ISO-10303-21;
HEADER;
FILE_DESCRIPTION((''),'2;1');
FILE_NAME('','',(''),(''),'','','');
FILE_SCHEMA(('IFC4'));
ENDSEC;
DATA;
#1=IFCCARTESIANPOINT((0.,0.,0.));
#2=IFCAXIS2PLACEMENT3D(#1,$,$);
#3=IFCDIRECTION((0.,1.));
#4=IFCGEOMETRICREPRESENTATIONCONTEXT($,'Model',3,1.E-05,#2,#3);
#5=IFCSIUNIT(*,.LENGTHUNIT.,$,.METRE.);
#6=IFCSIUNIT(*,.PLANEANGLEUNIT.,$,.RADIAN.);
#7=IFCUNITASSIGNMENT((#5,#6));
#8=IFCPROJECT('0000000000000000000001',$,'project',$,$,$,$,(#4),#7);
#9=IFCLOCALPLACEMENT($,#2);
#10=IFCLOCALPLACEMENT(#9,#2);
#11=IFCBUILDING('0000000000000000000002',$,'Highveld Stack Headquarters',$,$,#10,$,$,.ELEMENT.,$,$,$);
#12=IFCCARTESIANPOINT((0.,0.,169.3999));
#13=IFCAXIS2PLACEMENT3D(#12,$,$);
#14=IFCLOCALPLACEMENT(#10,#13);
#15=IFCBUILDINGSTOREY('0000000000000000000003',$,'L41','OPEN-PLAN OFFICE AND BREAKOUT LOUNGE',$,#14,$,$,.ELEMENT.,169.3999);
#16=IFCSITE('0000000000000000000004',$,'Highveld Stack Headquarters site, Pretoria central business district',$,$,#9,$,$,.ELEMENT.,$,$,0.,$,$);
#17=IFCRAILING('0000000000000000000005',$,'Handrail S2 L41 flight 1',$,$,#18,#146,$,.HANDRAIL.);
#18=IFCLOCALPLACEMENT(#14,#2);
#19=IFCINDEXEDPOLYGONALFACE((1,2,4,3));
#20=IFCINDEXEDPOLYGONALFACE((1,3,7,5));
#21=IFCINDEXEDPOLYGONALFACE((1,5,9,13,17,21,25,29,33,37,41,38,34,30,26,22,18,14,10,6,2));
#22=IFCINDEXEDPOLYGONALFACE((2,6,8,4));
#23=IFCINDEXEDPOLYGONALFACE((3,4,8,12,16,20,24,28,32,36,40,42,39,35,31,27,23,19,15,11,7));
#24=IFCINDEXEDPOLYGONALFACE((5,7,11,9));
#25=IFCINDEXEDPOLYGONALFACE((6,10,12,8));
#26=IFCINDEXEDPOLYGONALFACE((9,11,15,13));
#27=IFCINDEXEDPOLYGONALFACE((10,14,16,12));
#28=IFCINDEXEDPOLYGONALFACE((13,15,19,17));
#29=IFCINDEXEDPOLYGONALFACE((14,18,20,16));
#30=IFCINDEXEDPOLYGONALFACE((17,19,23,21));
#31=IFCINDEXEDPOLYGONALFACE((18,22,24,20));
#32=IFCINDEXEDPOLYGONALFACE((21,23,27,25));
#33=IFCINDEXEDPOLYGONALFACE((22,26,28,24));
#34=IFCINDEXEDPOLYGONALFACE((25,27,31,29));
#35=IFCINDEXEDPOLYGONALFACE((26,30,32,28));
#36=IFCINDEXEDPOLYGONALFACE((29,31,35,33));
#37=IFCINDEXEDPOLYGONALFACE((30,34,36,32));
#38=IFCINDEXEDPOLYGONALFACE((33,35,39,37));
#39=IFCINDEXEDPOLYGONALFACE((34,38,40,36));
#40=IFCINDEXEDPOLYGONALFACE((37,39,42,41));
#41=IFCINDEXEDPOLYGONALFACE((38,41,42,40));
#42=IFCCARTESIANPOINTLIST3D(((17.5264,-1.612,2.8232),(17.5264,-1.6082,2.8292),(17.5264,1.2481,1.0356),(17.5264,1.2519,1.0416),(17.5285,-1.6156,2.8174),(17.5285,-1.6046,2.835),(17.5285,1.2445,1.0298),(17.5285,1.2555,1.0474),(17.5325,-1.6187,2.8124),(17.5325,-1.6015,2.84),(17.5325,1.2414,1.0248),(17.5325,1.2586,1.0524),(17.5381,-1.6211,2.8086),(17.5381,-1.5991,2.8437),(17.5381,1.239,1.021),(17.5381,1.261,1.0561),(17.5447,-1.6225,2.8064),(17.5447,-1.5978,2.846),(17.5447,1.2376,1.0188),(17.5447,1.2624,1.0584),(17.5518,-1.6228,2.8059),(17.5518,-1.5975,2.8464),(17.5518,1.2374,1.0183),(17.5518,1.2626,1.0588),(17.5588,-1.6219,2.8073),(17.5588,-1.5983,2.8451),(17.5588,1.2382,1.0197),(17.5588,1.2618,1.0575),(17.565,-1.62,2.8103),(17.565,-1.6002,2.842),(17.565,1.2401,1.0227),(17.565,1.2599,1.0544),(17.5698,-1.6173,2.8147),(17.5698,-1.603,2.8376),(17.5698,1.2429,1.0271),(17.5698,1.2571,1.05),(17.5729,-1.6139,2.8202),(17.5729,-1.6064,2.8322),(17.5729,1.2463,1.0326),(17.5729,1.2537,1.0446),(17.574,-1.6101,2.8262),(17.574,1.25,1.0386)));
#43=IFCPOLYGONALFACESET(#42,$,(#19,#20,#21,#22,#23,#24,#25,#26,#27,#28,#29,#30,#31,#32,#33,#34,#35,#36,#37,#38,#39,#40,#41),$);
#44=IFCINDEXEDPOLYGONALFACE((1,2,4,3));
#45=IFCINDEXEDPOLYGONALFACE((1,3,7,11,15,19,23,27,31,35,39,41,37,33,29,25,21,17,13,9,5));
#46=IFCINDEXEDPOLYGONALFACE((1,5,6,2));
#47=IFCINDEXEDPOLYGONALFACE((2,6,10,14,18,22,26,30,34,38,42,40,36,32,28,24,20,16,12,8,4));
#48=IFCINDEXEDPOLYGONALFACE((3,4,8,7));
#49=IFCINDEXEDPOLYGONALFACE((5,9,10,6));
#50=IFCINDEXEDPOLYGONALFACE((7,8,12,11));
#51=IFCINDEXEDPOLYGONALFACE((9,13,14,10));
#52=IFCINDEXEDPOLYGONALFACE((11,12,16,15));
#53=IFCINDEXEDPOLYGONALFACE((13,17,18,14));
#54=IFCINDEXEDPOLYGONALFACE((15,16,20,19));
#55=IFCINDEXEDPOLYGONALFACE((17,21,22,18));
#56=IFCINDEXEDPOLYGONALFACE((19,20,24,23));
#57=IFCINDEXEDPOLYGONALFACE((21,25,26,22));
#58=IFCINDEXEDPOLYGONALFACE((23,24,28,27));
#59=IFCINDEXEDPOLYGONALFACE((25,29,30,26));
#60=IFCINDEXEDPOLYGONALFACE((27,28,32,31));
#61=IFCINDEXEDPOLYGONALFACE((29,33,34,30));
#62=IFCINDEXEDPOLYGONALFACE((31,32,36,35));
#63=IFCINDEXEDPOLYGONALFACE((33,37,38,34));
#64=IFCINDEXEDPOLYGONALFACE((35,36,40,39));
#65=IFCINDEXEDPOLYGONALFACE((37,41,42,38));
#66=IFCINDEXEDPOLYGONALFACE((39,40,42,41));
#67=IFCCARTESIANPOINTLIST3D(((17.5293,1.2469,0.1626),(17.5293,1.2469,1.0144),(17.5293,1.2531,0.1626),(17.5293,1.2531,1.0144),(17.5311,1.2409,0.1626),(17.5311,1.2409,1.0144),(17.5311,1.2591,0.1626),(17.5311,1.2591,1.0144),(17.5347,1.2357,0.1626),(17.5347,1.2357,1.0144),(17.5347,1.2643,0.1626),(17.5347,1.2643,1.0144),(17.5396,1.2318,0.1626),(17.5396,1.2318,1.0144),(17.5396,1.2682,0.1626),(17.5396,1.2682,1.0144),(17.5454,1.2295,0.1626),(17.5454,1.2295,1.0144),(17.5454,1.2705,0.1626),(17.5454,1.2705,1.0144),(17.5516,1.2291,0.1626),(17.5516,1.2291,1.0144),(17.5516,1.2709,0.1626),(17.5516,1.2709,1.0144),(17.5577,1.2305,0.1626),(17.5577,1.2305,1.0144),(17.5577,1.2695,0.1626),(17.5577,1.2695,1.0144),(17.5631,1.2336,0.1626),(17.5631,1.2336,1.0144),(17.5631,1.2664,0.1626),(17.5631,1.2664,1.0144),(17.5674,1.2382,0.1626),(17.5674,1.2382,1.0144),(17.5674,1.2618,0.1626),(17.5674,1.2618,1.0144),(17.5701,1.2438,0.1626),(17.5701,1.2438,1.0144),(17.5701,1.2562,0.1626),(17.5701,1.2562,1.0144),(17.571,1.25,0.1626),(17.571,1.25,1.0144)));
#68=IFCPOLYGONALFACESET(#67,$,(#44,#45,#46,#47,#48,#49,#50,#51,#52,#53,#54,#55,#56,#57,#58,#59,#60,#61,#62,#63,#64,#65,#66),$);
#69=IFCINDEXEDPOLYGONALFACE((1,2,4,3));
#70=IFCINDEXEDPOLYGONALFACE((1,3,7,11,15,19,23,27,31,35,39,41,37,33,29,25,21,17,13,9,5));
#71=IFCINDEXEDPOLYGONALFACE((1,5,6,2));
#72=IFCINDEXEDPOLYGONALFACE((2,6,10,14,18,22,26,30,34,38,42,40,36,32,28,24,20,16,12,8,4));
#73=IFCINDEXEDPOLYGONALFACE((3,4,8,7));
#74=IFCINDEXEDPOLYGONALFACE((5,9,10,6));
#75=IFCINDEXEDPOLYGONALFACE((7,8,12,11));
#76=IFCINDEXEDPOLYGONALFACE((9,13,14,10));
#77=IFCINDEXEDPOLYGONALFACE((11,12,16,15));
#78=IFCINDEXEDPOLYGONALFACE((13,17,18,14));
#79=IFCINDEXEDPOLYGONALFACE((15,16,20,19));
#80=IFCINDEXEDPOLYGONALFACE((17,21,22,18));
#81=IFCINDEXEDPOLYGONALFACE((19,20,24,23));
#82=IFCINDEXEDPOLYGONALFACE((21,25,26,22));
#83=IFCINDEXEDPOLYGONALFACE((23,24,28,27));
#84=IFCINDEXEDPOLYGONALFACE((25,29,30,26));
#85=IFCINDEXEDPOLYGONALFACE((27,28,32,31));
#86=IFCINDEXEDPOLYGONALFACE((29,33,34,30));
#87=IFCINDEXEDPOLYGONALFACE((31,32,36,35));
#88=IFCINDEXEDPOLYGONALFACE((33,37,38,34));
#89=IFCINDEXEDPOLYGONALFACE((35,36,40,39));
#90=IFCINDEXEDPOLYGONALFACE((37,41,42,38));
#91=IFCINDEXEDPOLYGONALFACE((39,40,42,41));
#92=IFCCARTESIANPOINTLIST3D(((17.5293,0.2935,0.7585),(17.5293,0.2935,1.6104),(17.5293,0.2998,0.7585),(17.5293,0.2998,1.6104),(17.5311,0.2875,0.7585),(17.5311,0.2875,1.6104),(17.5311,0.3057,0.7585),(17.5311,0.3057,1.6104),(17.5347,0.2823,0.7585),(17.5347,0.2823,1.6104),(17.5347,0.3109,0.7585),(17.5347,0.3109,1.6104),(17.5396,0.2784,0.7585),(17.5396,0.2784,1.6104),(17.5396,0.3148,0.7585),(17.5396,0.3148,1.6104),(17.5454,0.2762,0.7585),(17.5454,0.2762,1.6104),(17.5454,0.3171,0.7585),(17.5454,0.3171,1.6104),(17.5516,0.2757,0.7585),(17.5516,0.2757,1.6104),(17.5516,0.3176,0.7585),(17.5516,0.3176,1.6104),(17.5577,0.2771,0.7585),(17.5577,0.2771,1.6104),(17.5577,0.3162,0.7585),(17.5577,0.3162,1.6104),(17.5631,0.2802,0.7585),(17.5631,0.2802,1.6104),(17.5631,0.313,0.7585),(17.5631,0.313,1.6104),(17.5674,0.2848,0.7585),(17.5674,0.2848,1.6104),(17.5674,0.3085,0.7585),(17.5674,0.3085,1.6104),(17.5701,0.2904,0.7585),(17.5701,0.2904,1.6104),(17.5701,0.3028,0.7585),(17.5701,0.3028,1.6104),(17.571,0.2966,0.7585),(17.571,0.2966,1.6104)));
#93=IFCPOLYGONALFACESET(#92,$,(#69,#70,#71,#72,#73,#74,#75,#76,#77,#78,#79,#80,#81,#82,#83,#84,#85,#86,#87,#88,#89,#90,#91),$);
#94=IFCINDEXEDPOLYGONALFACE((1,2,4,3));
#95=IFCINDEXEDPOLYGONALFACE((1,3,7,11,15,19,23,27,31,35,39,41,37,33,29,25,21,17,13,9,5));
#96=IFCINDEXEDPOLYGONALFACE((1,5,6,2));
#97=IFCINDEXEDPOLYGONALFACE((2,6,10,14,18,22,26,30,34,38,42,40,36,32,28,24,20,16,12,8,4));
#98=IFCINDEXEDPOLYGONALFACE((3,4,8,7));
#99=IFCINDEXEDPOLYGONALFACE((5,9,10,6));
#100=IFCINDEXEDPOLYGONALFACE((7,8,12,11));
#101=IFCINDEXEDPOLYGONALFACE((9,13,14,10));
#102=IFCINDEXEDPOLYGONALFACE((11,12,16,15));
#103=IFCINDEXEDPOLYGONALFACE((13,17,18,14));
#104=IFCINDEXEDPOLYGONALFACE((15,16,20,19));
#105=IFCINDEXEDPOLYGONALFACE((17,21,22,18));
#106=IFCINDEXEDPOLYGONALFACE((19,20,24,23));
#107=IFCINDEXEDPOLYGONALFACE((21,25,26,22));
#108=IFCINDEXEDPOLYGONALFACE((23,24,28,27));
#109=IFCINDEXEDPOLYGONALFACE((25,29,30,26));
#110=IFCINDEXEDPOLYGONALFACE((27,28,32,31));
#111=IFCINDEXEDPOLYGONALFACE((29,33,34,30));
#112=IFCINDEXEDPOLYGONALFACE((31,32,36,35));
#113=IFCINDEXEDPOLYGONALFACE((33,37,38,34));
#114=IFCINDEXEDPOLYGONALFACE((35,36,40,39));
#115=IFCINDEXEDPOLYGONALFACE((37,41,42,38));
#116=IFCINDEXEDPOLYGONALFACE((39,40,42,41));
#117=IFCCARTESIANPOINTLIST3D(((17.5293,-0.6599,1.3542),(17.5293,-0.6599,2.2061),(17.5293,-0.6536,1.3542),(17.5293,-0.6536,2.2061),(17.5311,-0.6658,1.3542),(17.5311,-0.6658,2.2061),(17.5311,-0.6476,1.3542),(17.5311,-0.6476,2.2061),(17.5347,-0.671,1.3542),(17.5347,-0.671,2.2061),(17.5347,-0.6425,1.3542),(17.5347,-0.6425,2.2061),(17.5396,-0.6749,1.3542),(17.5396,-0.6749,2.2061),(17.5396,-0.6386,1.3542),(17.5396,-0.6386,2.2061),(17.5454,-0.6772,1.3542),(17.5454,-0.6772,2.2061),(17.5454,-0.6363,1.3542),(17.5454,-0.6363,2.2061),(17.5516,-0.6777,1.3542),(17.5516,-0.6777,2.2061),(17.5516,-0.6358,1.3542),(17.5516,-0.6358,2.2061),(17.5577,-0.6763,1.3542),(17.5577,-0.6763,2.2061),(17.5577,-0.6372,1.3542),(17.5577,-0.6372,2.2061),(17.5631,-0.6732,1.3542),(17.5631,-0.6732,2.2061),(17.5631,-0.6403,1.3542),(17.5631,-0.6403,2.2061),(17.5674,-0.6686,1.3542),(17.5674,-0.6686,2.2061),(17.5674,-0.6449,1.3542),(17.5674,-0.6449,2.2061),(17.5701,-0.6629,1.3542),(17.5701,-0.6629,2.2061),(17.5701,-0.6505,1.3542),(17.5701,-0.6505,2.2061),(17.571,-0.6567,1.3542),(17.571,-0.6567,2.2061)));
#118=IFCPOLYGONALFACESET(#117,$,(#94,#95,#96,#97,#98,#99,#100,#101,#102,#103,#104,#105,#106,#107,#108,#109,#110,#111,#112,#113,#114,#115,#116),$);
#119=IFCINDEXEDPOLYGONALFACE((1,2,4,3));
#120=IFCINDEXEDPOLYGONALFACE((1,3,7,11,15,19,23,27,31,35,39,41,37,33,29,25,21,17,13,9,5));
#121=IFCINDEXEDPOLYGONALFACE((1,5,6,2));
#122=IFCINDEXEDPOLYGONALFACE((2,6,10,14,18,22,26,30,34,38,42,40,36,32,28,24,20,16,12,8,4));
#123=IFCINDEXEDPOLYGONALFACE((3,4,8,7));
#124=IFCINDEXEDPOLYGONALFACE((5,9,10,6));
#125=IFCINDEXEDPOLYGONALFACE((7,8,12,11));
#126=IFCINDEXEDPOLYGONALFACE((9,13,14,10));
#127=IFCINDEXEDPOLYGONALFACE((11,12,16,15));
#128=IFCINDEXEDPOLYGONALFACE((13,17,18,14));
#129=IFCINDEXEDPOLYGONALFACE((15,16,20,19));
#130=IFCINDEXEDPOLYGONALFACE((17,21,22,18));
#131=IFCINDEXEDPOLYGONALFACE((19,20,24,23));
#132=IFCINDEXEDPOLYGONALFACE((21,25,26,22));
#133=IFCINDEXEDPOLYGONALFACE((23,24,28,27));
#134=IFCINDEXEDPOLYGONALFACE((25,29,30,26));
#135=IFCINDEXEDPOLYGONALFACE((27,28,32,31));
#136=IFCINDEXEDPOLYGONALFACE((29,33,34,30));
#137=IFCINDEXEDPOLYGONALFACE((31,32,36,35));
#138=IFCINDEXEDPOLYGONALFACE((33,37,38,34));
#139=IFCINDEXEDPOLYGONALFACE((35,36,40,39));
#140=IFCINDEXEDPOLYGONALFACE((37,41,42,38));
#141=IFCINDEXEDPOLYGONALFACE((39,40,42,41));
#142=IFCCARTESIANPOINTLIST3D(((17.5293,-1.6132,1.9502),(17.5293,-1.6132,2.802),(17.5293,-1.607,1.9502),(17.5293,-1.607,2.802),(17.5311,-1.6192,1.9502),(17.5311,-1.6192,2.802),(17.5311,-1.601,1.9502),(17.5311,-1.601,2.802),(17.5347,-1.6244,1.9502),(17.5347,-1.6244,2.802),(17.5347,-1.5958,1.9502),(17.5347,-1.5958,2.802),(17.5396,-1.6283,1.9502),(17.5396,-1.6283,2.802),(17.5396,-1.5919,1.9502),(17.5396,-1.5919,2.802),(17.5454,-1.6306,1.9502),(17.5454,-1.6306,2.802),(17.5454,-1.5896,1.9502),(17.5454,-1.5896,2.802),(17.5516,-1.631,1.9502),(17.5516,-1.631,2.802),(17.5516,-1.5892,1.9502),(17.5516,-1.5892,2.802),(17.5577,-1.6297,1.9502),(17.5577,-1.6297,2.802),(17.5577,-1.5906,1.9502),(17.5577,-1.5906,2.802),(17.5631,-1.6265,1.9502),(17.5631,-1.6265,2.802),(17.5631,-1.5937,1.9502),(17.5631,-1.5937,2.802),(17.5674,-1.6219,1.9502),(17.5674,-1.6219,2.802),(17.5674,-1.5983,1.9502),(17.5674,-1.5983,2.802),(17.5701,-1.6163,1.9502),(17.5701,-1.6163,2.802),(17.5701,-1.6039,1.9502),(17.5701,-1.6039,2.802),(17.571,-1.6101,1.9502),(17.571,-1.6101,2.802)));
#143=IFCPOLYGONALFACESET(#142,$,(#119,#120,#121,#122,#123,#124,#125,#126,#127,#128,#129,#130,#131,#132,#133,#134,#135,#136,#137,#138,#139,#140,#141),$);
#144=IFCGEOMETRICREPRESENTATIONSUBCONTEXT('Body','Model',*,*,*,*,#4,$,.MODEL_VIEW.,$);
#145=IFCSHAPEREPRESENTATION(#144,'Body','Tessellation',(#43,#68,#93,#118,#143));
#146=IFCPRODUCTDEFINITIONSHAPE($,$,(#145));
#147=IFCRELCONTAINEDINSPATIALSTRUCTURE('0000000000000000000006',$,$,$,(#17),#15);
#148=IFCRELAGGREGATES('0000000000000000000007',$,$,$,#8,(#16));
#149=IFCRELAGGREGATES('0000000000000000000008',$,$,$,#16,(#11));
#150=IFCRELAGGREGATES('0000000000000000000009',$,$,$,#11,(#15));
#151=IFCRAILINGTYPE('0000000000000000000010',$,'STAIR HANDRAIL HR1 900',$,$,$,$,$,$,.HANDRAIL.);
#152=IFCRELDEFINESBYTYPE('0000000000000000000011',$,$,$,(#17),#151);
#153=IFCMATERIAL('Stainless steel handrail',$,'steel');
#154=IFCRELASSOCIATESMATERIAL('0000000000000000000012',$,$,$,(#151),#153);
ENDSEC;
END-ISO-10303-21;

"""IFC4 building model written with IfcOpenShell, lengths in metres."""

from ifc_helpers import new_model, si_unit, direction, frame, origin, origin_2d, place, context, subcontext, project, spatial, circle, extrude, material, type_object, element, save


model = new_model("IFC4")

# Units and contexts
model_context = context("Model", 3, precision=1e-05, world=origin(), true_north=direction((0.0, 1.0)))
body_context = subcontext(model_context, "Body", "Model", "MODEL_VIEW")
ifc_project = project(units=[si_unit("LENGTHUNIT", "METRE"), si_unit("PLANEANGLEUNIT", "RADIAN")], contexts=[model_context])

# Site, building, storey
site_placement = place(None, origin())
site = spatial("IfcSite", under=ifc_project, at=site_placement, Name="Highveld Stack Headquarters site, Pretoria central business district", CompositionType="ELEMENT", RefElevation=0.0)
building_placement = place(site_placement, origin())
building = spatial("IfcBuilding", under=site, at=building_placement, Name="Highveld Stack Headquarters", CompositionType="ELEMENT")
storey_placement = place(building_placement, frame((0.0, 0.0, 169.3999)))
storey = spatial("IfcBuildingStorey", under=building, at=storey_placement, Name="L41", Description="OPEN-PLAN OFFICE AND BREAKOUT LOUNGE", CompositionType="ELEMENT", Elevation=169.3999)

# Railing
ifc_material_1 = material(Name="Stainless steel handrail", Category="steel")
railing_type = type_object("IfcRailingType", Name="STAIR HANDRAIL HR1 900", PredefinedType="HANDRAIL", material=ifc_material_1)
for number, where, name in (
    (1, (17.55, 1.25, 0.1626), "Handrail S2 L41 flight 1"),
):
    element("IfcRailing", number, at=place(storey_placement, frame(where)), inside=storey, type_object=railing_type, Name=name, PredefinedType="HANDRAIL", context=body_context, shape_type="SweptSolid", body=[
        extrude(circle(Radius=0.0239, at=origin_2d()), frame((0.0, 0.0, 0.876), z_axis=(0.0, -0.847994, 0.530005), x_axis=(1.0, 0.0, 0.0)), (0.0, 0.0, 1.0), 3.3728),
        extrude(circle(Radius=0.021, at=origin_2d()), origin(), (0.0, 0.0, 1.0), 0.8518),
        extrude(circle(Radius=0.021, at=origin_2d()), frame((0.0, -0.9534, 0.5959)), (0.0, 0.0, 1.0), 0.8518),
        extrude(circle(Radius=0.021, at=origin_2d()), frame((0.0, -1.9067, 1.1917)), (0.0, 0.0, 1.0), 0.8518),
        extrude(circle(Radius=0.021, at=origin_2d()), frame((0.0, -2.8601, 1.7876)), (0.0, 0.0, 1.0), 0.8518),
    ])

save(model, "model.ifc")
